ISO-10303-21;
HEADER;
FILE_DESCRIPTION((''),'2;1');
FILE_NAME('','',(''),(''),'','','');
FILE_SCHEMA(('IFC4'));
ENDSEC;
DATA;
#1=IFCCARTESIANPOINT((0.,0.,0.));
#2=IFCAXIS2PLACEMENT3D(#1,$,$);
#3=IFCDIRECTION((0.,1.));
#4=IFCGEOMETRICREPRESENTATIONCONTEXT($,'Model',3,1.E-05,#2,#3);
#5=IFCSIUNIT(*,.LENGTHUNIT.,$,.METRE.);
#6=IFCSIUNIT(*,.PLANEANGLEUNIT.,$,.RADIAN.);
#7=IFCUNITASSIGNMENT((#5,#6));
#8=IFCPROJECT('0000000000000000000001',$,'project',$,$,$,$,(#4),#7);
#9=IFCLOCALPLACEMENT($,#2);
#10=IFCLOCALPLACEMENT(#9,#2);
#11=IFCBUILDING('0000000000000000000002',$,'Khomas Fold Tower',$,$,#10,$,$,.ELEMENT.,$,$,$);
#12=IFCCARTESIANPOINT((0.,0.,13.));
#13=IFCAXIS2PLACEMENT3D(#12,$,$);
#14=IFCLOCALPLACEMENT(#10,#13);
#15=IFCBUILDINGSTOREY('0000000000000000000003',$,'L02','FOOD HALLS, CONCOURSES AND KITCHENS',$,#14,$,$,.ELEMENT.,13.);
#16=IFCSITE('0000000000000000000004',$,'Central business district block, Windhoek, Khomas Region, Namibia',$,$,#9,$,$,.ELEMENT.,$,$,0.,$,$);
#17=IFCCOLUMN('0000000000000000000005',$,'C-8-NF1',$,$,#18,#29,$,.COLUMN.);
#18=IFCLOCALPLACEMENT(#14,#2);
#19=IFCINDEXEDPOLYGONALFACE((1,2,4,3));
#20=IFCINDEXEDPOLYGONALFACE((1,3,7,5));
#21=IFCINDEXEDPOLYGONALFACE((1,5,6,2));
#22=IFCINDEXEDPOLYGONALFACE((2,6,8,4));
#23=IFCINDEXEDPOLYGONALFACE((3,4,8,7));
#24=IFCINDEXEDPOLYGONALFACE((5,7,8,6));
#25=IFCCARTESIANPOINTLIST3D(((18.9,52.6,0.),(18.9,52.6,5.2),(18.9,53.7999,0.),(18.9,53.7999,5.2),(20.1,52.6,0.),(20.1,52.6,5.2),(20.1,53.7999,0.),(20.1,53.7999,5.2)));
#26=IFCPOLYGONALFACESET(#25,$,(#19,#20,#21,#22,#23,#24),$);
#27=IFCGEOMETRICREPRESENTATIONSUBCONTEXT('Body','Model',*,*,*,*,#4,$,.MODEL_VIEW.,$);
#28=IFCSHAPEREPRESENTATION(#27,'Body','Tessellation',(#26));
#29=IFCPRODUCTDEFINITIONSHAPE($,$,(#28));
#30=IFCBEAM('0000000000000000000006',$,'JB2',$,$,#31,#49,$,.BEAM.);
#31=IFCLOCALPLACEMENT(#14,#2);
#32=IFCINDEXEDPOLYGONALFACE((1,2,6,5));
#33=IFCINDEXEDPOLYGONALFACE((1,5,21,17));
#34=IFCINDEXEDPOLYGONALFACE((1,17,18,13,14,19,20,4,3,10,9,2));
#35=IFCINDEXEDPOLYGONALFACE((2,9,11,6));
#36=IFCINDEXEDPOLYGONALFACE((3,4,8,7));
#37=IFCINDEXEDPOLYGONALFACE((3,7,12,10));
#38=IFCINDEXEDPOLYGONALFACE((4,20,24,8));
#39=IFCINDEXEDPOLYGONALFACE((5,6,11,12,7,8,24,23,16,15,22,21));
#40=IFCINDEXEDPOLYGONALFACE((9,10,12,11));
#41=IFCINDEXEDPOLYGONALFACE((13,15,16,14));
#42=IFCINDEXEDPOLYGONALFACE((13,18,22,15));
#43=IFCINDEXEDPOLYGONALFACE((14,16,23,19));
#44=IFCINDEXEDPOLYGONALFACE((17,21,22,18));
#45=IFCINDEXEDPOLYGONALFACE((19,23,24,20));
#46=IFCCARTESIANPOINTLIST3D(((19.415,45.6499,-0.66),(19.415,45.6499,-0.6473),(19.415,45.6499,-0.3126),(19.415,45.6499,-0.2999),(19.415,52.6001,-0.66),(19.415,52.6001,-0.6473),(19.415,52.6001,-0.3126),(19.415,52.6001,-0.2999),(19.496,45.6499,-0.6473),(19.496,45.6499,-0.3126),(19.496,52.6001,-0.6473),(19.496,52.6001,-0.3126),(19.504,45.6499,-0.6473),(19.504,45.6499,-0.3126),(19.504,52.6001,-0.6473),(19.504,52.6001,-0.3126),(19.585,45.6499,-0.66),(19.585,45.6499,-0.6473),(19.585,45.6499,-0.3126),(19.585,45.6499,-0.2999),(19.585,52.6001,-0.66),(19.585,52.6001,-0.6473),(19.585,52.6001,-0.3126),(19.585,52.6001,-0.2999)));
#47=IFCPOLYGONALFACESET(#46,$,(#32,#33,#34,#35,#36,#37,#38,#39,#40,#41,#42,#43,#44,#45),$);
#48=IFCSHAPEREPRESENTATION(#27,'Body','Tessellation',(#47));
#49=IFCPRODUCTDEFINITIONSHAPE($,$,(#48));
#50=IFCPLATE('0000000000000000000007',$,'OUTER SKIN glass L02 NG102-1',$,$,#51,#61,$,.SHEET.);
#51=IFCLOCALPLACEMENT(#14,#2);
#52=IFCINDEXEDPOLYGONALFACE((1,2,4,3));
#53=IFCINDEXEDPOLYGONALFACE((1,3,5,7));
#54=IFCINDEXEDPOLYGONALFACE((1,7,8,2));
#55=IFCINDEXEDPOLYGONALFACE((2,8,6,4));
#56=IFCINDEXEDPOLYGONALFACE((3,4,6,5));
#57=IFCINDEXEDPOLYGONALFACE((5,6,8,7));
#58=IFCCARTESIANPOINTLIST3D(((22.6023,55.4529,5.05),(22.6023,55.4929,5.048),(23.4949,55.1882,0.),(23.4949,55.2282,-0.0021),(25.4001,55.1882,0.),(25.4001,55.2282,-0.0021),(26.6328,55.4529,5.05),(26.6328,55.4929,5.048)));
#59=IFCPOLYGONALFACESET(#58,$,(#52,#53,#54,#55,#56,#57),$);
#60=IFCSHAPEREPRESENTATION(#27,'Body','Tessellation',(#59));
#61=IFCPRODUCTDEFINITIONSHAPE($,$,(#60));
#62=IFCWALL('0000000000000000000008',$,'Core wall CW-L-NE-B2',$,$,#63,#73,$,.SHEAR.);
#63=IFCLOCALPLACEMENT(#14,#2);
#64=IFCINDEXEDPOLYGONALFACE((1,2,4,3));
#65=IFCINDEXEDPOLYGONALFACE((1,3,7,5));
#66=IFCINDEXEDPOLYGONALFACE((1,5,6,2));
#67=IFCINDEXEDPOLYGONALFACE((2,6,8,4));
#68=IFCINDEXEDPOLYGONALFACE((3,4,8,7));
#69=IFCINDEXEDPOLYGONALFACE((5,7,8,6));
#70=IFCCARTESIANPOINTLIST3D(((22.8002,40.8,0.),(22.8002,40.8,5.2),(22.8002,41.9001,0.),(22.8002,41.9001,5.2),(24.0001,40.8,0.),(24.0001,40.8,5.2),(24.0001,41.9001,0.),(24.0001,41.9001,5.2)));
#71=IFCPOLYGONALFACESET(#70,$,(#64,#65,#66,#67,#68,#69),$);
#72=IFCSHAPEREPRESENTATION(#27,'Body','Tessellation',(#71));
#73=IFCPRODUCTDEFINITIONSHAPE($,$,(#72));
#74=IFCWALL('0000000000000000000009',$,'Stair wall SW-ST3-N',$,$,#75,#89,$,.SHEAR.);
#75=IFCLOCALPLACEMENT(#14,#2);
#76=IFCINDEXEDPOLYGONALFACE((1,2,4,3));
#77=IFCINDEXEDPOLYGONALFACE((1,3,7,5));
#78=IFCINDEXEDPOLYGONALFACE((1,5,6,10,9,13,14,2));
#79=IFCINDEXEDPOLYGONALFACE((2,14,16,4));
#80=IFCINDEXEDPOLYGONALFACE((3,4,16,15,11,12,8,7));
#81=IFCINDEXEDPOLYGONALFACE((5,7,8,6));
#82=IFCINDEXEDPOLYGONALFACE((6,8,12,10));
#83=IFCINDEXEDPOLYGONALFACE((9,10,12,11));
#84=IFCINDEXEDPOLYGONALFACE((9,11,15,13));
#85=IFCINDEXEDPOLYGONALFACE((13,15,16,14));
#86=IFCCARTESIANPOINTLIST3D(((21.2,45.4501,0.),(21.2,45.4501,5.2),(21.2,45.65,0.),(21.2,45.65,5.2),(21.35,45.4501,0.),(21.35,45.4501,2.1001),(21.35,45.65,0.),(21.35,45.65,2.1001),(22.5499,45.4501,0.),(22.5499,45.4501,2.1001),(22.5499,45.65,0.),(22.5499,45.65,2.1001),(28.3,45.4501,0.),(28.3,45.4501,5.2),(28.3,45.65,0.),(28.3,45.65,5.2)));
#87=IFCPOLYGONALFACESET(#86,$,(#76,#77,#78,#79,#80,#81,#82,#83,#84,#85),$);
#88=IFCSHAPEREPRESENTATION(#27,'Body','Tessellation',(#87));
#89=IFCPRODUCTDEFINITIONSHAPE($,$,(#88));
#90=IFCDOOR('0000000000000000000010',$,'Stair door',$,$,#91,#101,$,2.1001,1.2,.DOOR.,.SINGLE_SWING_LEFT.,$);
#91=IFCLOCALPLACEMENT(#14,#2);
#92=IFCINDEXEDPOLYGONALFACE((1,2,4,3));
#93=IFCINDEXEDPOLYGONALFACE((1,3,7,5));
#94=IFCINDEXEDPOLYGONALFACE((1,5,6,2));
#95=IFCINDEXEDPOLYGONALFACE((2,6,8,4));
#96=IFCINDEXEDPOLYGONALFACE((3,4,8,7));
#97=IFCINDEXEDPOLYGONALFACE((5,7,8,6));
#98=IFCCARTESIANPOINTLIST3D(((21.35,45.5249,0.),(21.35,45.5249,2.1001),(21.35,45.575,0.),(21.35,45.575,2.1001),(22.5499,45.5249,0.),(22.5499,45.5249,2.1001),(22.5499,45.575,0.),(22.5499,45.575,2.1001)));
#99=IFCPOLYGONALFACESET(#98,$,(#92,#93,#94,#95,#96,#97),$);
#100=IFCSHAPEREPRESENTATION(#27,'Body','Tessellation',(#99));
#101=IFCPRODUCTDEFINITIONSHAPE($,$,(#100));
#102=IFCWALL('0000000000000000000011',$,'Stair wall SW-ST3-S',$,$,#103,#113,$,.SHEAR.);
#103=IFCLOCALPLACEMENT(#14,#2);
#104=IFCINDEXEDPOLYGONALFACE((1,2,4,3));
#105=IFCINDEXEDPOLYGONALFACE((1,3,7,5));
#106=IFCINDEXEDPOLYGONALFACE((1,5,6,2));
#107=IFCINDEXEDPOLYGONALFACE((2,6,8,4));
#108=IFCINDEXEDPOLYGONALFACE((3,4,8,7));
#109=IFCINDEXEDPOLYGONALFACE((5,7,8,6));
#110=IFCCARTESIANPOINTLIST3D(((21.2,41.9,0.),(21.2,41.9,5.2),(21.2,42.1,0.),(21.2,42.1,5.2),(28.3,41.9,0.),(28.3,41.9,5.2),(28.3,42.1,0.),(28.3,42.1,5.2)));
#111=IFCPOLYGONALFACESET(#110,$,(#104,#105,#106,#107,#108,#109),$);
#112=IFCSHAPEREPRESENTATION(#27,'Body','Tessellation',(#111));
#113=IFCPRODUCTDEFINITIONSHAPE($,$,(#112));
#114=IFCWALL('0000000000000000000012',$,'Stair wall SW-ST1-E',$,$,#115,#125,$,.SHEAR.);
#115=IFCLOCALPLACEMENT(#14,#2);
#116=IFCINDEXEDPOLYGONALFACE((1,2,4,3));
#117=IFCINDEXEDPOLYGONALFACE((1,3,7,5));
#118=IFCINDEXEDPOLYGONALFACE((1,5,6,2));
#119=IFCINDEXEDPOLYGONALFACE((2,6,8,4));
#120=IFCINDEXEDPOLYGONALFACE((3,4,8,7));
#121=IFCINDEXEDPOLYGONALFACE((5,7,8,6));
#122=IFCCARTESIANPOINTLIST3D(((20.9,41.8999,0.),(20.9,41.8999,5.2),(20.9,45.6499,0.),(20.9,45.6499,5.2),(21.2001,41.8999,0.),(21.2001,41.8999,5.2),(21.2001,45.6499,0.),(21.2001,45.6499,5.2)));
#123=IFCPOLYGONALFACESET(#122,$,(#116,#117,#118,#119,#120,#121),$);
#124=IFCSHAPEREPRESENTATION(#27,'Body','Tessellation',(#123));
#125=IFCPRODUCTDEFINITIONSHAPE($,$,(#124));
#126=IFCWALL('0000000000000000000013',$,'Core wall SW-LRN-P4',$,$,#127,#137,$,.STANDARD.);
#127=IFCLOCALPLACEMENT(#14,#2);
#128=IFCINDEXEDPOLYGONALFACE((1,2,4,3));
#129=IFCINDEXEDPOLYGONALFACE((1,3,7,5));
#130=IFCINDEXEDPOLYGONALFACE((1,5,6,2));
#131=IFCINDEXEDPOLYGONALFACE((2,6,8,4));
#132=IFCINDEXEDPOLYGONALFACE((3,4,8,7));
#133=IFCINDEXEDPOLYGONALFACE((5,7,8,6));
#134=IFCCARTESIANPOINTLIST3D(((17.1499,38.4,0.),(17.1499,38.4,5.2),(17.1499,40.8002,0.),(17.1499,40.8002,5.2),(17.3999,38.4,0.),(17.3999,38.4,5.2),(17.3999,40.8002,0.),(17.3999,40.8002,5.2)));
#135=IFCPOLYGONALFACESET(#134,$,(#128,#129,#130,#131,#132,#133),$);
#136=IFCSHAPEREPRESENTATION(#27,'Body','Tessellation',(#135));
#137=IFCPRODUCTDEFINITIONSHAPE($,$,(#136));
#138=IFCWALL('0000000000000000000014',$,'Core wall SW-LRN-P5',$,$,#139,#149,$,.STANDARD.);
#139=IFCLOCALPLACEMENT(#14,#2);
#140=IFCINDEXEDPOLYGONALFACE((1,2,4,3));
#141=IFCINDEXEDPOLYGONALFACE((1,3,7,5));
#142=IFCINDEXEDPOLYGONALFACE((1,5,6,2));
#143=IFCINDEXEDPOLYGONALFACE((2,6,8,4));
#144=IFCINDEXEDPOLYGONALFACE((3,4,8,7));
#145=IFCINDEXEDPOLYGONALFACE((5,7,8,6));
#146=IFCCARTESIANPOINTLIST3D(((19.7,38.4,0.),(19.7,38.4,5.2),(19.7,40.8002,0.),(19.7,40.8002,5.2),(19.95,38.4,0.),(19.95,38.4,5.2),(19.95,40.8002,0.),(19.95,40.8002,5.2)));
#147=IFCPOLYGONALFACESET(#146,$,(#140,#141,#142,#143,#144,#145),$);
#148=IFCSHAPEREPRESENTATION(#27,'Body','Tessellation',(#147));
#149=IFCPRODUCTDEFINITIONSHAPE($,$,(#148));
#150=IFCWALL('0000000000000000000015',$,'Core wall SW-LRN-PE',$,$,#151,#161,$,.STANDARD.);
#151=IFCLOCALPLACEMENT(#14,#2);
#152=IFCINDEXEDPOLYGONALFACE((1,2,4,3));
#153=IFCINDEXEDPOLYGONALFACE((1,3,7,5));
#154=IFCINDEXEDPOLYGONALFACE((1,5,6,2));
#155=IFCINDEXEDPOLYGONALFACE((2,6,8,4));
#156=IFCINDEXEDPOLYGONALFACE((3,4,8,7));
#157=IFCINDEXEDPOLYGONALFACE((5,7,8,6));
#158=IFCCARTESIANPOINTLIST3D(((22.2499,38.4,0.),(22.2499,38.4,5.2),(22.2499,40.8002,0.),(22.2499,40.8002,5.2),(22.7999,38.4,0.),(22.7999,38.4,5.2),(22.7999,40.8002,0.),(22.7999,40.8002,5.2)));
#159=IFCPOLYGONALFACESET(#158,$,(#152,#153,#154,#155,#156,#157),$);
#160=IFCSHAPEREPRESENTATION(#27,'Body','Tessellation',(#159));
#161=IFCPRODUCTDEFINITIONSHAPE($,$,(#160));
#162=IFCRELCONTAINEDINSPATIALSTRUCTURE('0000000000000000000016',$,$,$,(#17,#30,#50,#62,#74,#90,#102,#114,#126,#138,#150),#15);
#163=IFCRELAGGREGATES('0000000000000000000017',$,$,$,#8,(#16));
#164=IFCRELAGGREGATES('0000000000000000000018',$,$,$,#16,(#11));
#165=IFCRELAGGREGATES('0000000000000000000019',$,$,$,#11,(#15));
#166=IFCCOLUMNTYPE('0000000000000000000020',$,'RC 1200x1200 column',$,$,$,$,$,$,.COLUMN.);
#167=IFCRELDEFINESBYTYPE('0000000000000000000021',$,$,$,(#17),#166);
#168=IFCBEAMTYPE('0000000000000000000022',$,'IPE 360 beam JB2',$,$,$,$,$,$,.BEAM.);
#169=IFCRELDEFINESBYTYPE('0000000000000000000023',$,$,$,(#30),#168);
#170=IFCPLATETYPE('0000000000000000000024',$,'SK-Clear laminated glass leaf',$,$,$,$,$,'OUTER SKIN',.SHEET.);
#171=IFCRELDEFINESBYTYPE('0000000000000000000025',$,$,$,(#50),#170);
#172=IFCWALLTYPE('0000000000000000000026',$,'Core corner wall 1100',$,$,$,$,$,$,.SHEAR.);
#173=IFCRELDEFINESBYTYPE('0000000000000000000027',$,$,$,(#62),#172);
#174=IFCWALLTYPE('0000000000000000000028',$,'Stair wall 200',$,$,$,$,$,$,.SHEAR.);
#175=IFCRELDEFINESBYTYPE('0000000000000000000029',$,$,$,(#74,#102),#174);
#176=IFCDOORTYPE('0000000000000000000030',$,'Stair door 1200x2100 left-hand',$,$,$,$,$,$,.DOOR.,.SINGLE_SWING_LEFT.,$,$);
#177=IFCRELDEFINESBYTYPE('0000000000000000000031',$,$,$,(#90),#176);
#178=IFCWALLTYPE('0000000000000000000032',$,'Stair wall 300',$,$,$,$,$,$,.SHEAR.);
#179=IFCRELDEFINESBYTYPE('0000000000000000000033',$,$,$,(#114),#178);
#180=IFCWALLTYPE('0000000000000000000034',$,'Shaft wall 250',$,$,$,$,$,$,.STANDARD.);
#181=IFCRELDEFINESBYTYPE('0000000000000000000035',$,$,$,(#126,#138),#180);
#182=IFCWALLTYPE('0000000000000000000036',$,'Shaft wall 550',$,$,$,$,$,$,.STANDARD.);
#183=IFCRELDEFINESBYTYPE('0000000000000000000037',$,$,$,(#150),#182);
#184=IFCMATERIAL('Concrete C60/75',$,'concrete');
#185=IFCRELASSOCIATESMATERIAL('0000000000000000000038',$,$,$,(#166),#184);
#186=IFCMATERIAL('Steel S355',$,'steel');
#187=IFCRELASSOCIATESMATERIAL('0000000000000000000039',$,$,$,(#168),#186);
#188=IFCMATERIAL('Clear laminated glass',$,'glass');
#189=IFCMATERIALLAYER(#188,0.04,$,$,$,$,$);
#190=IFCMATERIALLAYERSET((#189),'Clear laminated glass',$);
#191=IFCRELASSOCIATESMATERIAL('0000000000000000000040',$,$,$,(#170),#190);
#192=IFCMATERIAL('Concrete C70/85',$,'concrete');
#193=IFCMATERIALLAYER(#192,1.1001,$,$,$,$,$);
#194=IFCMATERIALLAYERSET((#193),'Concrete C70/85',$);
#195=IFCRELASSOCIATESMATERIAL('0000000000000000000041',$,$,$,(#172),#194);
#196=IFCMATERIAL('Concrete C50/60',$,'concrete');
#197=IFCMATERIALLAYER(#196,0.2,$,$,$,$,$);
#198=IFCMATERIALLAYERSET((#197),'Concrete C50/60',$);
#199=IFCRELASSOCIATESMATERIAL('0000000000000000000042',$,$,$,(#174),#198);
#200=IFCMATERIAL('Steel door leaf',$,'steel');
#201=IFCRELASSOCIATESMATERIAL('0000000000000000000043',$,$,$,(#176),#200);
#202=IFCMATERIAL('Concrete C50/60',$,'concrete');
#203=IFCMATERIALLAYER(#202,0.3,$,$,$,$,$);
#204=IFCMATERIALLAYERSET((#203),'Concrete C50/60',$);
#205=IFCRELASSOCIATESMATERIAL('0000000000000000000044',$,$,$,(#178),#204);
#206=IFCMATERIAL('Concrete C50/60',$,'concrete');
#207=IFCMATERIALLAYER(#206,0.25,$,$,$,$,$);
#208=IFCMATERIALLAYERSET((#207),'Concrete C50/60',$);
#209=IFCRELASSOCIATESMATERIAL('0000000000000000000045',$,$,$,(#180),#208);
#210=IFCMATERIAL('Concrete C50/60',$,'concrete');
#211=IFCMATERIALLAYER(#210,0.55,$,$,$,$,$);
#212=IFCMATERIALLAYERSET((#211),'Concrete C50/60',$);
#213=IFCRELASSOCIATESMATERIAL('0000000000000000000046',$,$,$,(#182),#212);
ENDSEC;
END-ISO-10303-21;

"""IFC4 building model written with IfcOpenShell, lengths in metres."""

from ifc_helpers import new_model, si_unit, direction, frame, frame_2d, origin, origin_2d, place, context, subcontext, project, spatial, polyline, rectangle, i_section, outline, extrude, source, transform, mapped, material, layer, layer_set, material_profile, profile_set, type_object, element, fill, save


model = new_model("IFC4")

# Units and contexts
model_context = context("Model", 3, precision=1e-05, world=origin(), true_north=direction((0.0, 1.0)))
body_context = subcontext(model_context, "Body", "Model", "MODEL_VIEW")
ifc_project = project(units=[si_unit("LENGTHUNIT", "METRE"), si_unit("PLANEANGLEUNIT", "RADIAN")], contexts=[model_context])

# Site, building, storey
site_placement = place(None, origin())
site = spatial("IfcSite", under=ifc_project, at=site_placement, Name="Central business district block, Windhoek, Khomas Region, Namibia", CompositionType="ELEMENT", RefElevation=0.0)
building_placement = place(site_placement, origin())
building = spatial("IfcBuilding", under=site, at=building_placement, Name="Khomas Fold Tower", CompositionType="ELEMENT")
storey_placement = place(building_placement, frame((0.0, 0.0, 13.0)))
storey = spatial("IfcBuildingStorey", under=building, at=storey_placement, Name="L02", Description="FOOD HALLS, CONCOURSES AND KITCHENS", CompositionType="ELEMENT", Elevation=13.0)

# Column
ifc_material_1 = material(Name="Concrete C60/75", Category="concrete")
ifc_material_profile_1 = material_profile(ifc_material_1, rectangle(XDim=1.2, YDim=1.2, at=origin_2d()), Name="RC 1200x1200")
ifc_profile_set_1 = profile_set([ifc_material_profile_1], Name="Concrete C60/75")
column_type = type_object("IfcColumnType", Name="RC 1200x1200 column", PredefinedType="COLUMN", material=ifc_profile_set_1)
shared_shape_1 = source(origin(), body_context, "Body", "SweptSolid", [
    extrude(rectangle(XDim=1.2, YDim=1.2, at=origin_2d()), origin(), (0.0, 0.0, 1.0), 5.2),
])
column_placement = place(storey_placement, frame((19.5, 53.2, 0.0), z_axis=(0.0, 0.0, 1.0), x_axis=(1.0, 0.0, 0.0)))
element("IfcColumn", 1, at=column_placement, inside=storey, type_object=column_type, Name="C-8-NF1", PredefinedType="COLUMN", context=body_context, shape_type="MappedRepresentation", body=[
    mapped(shared_shape_1, transform((0.0, 0.0, 0.0))),
])

# Beam
ifc_material_2 = material(Name="Steel S355", Category="steel")
ifc_material_profile_2 = material_profile(ifc_material_2, i_section(OverallWidth=0.1699, OverallDepth=0.3601, WebThickness=0.0081, FlangeThickness=0.0127, at=origin_2d()), Name="IPE 360")
ifc_profile_set_2 = profile_set([ifc_material_profile_2], Name="Steel S355")
beam_type = type_object("IfcBeamType", Name="IPE 360 beam JB2", PredefinedType="BEAM", material=ifc_profile_set_2)
shared_shape_2 = source(origin(), body_context, "Body", "SweptSolid", [
    extrude(i_section(OverallWidth=0.1699, OverallDepth=0.3601, WebThickness=0.0081, FlangeThickness=0.0127, at=origin_2d()), origin(), (0.0, 0.0, 1.0), 6.9502),
])
beam_placement = place(storey_placement, frame((19.5, 45.6499, -0.48), z_axis=(0.0, 1.0, 0.0), x_axis=(-1.0, 0.0, 0.0)))
element("IfcBeam", 2, at=beam_placement, inside=storey, type_object=beam_type, Name="JB2", PredefinedType="BEAM", context=body_context, shape_type="MappedRepresentation", body=[
    mapped(shared_shape_2, transform((0.0, 0.0, 0.0))),
])

# Plate
ifc_material_3 = material(Name="Clear laminated glass", Category="glass")
ifc_layer_1 = layer(ifc_material_3, 0.04)
ifc_layer_set_1 = layer_set([ifc_layer_1], Name="Clear laminated glass")
plate_type = type_object("IfcPlateType", Name="SK-Clear laminated glass leaf", ElementType="OUTER SKIN", PredefinedType="SHEET", material=ifc_layer_set_1)
plate_placement = place(storey_placement, frame((22.6023, 55.4529, 5.05), z_axis=(0.0, -0.99863, 0.052333), x_axis=(1.0, 0.0, 0.0)))
element("IfcPlate", 3, at=plate_placement, inside=storey, type_object=plate_type, Name="OUTER SKIN glass L02 NG102-1", PredefinedType="SHEET", context=body_context, shape_type="SweptSolid", body=[
    extrude(outline(polyline([(0.0, 0.0), (4.0305, 0.0), (2.7979, -5.057), (0.8926, -5.057), (0.0, 0.0)])), origin(), (0.0, 0.0, -1.0), 0.04),
])

# Wall
ifc_material_4 = material(Name="Concrete C70/85", Category="concrete")
ifc_layer_2 = layer(ifc_material_4, 1.1001)
ifc_layer_set_2 = layer_set([ifc_layer_2], Name="Concrete C70/85")
wall_type_1 = type_object("IfcWallType", Name="Core corner wall 1100", PredefinedType="SHEAR", material=ifc_layer_set_2)
shared_shape_3 = source(origin(), body_context, "Body", "SweptSolid", [
    extrude(rectangle(XDim=1.2, YDim=1.1001, at=frame_2d((0.6001, 0.0))), origin(), (0.0, 0.0, 1.0), 5.2),
])
wall_1_placement = place(storey_placement, frame((22.8, 41.3501, 0.0), z_axis=(0.0, 0.0, 1.0), x_axis=(1.0, 0.0, 0.0)))
element("IfcWall", 4, at=wall_1_placement, inside=storey, type_object=wall_type_1, Name="Core wall CW-L-NE-B2", PredefinedType="SHEAR", context=body_context, shape_type="MappedRepresentation", body=[
    mapped(shared_shape_3, transform((0.0, 0.0, 0.0))),
])

# Wall, opening, door
ifc_material_5 = material(Name="Concrete C50/60", Category="concrete")
ifc_layer_3 = layer(ifc_material_5, 0.2)
ifc_layer_set_3 = layer_set([ifc_layer_3], Name="Concrete C50/60")
wall_type_2 = type_object("IfcWallType", Name="Stair wall 200", PredefinedType="SHEAR", material=ifc_layer_set_3)
shared_shape_4 = source(origin(), body_context, "Body", "SweptSolid", [
    extrude(rectangle(XDim=7.1001, YDim=0.2, at=frame_2d((3.55, 0.0))), origin(), (0.0, 0.0, 1.0), 5.2),
])
wall_2_placement = place(storey_placement, frame((21.2, 45.55, 0.0), z_axis=(0.0, 0.0, 1.0), x_axis=(1.0, 0.0, 0.0)))
wall_2 = element("IfcWall", 5, at=wall_2_placement, inside=storey, type_object=wall_type_2, Name="Stair wall SW-ST3-N", PredefinedType="SHEAR", context=body_context, shape_type="MappedRepresentation", body=[
    mapped(shared_shape_4, transform((0.0, 0.0, 0.0))),
])
shared_shape_5 = source(origin(), body_context, "Body", "SweptSolid", [
    extrude(rectangle(XDim=1.2, YDim=2.1001, at=frame_2d((0.6001, 1.05))), frame((0.0, 0.1099, 0.0), z_axis=(0.0, -1.0, 0.0), x_axis=(1.0, 0.0, 0.0)), (0.0, 0.0, 1.0), 0.22),
])
opening_placement = place(wall_2_placement, frame((0.1499, 0.0, 0.0)))
opening = element("IfcOpeningElement", 6, at=opening_placement, cuts=wall_2, PredefinedType="OPENING", context=body_context, shape_type="MappedRepresentation", body=[
    mapped(shared_shape_5, transform((0.0, 0.0, 0.0))),
])
ifc_material_6 = material(Name="Steel door leaf", Category="steel")
door_type = type_object("IfcDoorType", Name="Stair door 1200x2100 left-hand", OperationType="SINGLE_SWING_LEFT", PredefinedType="DOOR", material=ifc_material_6)
shared_shape_6 = source(origin(), body_context, "Body", "SweptSolid", [
    extrude(rectangle(XDim=1.2, YDim=2.1001, at=frame_2d((0.6001, 1.05))), frame((0.0, 0.0249, 0.0), z_axis=(0.0, -1.0, 0.0), x_axis=(1.0, 0.0, 0.0)), (0.0, 0.0, 1.0), 0.05),
])
door_placement = place(opening_placement, origin())
door = element("IfcDoor", 7, at=door_placement, inside=storey, type_object=door_type, Name="Stair door", OperationType="SINGLE_SWING_LEFT", OverallHeight=2.1001, OverallWidth=1.2, PredefinedType="DOOR", context=body_context, shape_type="MappedRepresentation", body=[
    mapped(shared_shape_6, transform((0.0, 0.0, 0.0))),
])
fill(opening, door)

# Walls
wall_3_placement = place(storey_placement, frame((21.2, 42.0, 0.0), z_axis=(0.0, 0.0, 1.0), x_axis=(1.0, 0.0, 0.0)))
element("IfcWall", 8, at=wall_3_placement, inside=storey, type_object=wall_type_2, Name="Stair wall SW-ST3-S", PredefinedType="SHEAR", context=body_context, shape_type="MappedRepresentation", body=[
    mapped(shared_shape_4, transform((0.0, 0.0, 0.0))),
])
ifc_material_7 = material(Name="Concrete C50/60", Category="concrete")
ifc_layer_4 = layer(ifc_material_7, 0.3)
ifc_layer_set_4 = layer_set([ifc_layer_4], Name="Concrete C50/60")
wall_type_3 = type_object("IfcWallType", Name="Stair wall 300", PredefinedType="SHEAR", material=ifc_layer_set_4)
shared_shape_7 = source(origin(), body_context, "Body", "SweptSolid", [
    extrude(rectangle(XDim=3.75, YDim=0.3, at=frame_2d((1.875, 0.0))), origin(), (0.0, 0.0, 1.0), 5.2),
])
wall_4_placement = place(storey_placement, frame((21.05, 41.8999, 0.0), z_axis=(0.0, 0.0, 1.0), x_axis=(0.0, 1.0, 0.0)))
element("IfcWall", 9, at=wall_4_placement, inside=storey, type_object=wall_type_3, Name="Stair wall SW-ST1-E", PredefinedType="SHEAR", context=body_context, shape_type="MappedRepresentation", body=[
    mapped(shared_shape_7, transform((0.0, 0.0, 0.0))),
])
ifc_material_8 = material(Name="Concrete C50/60", Category="concrete")
ifc_layer_5 = layer(ifc_material_8, 0.25)
ifc_layer_set_5 = layer_set([ifc_layer_5], Name="Concrete C50/60")
wall_type_4 = type_object("IfcWallType", Name="Shaft wall 250", PredefinedType="STANDARD", material=ifc_layer_set_5)
shared_shape_8 = source(origin(), body_context, "Body", "SweptSolid", [
    extrude(rectangle(XDim=2.4001, YDim=0.25, at=frame_2d((1.2002, 0.0))), origin(), (0.0, 0.0, 1.0), 5.2),
])
for number, where, z_axis, x_axis, name in (
    (10, (17.2749, 38.3999, 0.0), (0.0, 0.0, 1.0), (0.0, 1.0, 0.0), "Core wall SW-LRN-P4"),
    (11, (19.825, 38.3999, 0.0), (0.0, 0.0, 1.0), (0.0, 1.0, 0.0), "Core wall SW-LRN-P5"),
):
    element("IfcWall", number, at=place(storey_placement, frame(where, z_axis=z_axis, x_axis=x_axis)), inside=storey, type_object=wall_type_4, Name=name, PredefinedType="STANDARD", context=body_context, shape_type="MappedRepresentation", body=[
        mapped(shared_shape_8, transform((0.0, 0.0, 0.0))),
    ])
ifc_material_9 = material(Name="Concrete C50/60", Category="concrete")
ifc_layer_6 = layer(ifc_material_9, 0.55)
ifc_layer_set_6 = layer_set([ifc_layer_6], Name="Concrete C50/60")
wall_type_5 = type_object("IfcWallType", Name="Shaft wall 550", PredefinedType="STANDARD", material=ifc_layer_set_6)
shared_shape_9 = source(origin(), body_context, "Body", "SweptSolid", [
    extrude(rectangle(XDim=2.4001, YDim=0.55, at=frame_2d((1.2002, 0.0))), origin(), (0.0, 0.0, 1.0), 5.2),
])
wall_5_placement = place(storey_placement, frame((22.5249, 38.3999, 0.0), z_axis=(0.0, 0.0, 1.0), x_axis=(0.0, 1.0, 0.0)))
element("IfcWall", 12, at=wall_5_placement, inside=storey, type_object=wall_type_5, Name="Core wall SW-LRN-PE", PredefinedType="STANDARD", context=body_context, shape_type="MappedRepresentation", body=[
    mapped(shared_shape_9, transform((0.0, 0.0, 0.0))),
])

save(model, "model.ifc")
